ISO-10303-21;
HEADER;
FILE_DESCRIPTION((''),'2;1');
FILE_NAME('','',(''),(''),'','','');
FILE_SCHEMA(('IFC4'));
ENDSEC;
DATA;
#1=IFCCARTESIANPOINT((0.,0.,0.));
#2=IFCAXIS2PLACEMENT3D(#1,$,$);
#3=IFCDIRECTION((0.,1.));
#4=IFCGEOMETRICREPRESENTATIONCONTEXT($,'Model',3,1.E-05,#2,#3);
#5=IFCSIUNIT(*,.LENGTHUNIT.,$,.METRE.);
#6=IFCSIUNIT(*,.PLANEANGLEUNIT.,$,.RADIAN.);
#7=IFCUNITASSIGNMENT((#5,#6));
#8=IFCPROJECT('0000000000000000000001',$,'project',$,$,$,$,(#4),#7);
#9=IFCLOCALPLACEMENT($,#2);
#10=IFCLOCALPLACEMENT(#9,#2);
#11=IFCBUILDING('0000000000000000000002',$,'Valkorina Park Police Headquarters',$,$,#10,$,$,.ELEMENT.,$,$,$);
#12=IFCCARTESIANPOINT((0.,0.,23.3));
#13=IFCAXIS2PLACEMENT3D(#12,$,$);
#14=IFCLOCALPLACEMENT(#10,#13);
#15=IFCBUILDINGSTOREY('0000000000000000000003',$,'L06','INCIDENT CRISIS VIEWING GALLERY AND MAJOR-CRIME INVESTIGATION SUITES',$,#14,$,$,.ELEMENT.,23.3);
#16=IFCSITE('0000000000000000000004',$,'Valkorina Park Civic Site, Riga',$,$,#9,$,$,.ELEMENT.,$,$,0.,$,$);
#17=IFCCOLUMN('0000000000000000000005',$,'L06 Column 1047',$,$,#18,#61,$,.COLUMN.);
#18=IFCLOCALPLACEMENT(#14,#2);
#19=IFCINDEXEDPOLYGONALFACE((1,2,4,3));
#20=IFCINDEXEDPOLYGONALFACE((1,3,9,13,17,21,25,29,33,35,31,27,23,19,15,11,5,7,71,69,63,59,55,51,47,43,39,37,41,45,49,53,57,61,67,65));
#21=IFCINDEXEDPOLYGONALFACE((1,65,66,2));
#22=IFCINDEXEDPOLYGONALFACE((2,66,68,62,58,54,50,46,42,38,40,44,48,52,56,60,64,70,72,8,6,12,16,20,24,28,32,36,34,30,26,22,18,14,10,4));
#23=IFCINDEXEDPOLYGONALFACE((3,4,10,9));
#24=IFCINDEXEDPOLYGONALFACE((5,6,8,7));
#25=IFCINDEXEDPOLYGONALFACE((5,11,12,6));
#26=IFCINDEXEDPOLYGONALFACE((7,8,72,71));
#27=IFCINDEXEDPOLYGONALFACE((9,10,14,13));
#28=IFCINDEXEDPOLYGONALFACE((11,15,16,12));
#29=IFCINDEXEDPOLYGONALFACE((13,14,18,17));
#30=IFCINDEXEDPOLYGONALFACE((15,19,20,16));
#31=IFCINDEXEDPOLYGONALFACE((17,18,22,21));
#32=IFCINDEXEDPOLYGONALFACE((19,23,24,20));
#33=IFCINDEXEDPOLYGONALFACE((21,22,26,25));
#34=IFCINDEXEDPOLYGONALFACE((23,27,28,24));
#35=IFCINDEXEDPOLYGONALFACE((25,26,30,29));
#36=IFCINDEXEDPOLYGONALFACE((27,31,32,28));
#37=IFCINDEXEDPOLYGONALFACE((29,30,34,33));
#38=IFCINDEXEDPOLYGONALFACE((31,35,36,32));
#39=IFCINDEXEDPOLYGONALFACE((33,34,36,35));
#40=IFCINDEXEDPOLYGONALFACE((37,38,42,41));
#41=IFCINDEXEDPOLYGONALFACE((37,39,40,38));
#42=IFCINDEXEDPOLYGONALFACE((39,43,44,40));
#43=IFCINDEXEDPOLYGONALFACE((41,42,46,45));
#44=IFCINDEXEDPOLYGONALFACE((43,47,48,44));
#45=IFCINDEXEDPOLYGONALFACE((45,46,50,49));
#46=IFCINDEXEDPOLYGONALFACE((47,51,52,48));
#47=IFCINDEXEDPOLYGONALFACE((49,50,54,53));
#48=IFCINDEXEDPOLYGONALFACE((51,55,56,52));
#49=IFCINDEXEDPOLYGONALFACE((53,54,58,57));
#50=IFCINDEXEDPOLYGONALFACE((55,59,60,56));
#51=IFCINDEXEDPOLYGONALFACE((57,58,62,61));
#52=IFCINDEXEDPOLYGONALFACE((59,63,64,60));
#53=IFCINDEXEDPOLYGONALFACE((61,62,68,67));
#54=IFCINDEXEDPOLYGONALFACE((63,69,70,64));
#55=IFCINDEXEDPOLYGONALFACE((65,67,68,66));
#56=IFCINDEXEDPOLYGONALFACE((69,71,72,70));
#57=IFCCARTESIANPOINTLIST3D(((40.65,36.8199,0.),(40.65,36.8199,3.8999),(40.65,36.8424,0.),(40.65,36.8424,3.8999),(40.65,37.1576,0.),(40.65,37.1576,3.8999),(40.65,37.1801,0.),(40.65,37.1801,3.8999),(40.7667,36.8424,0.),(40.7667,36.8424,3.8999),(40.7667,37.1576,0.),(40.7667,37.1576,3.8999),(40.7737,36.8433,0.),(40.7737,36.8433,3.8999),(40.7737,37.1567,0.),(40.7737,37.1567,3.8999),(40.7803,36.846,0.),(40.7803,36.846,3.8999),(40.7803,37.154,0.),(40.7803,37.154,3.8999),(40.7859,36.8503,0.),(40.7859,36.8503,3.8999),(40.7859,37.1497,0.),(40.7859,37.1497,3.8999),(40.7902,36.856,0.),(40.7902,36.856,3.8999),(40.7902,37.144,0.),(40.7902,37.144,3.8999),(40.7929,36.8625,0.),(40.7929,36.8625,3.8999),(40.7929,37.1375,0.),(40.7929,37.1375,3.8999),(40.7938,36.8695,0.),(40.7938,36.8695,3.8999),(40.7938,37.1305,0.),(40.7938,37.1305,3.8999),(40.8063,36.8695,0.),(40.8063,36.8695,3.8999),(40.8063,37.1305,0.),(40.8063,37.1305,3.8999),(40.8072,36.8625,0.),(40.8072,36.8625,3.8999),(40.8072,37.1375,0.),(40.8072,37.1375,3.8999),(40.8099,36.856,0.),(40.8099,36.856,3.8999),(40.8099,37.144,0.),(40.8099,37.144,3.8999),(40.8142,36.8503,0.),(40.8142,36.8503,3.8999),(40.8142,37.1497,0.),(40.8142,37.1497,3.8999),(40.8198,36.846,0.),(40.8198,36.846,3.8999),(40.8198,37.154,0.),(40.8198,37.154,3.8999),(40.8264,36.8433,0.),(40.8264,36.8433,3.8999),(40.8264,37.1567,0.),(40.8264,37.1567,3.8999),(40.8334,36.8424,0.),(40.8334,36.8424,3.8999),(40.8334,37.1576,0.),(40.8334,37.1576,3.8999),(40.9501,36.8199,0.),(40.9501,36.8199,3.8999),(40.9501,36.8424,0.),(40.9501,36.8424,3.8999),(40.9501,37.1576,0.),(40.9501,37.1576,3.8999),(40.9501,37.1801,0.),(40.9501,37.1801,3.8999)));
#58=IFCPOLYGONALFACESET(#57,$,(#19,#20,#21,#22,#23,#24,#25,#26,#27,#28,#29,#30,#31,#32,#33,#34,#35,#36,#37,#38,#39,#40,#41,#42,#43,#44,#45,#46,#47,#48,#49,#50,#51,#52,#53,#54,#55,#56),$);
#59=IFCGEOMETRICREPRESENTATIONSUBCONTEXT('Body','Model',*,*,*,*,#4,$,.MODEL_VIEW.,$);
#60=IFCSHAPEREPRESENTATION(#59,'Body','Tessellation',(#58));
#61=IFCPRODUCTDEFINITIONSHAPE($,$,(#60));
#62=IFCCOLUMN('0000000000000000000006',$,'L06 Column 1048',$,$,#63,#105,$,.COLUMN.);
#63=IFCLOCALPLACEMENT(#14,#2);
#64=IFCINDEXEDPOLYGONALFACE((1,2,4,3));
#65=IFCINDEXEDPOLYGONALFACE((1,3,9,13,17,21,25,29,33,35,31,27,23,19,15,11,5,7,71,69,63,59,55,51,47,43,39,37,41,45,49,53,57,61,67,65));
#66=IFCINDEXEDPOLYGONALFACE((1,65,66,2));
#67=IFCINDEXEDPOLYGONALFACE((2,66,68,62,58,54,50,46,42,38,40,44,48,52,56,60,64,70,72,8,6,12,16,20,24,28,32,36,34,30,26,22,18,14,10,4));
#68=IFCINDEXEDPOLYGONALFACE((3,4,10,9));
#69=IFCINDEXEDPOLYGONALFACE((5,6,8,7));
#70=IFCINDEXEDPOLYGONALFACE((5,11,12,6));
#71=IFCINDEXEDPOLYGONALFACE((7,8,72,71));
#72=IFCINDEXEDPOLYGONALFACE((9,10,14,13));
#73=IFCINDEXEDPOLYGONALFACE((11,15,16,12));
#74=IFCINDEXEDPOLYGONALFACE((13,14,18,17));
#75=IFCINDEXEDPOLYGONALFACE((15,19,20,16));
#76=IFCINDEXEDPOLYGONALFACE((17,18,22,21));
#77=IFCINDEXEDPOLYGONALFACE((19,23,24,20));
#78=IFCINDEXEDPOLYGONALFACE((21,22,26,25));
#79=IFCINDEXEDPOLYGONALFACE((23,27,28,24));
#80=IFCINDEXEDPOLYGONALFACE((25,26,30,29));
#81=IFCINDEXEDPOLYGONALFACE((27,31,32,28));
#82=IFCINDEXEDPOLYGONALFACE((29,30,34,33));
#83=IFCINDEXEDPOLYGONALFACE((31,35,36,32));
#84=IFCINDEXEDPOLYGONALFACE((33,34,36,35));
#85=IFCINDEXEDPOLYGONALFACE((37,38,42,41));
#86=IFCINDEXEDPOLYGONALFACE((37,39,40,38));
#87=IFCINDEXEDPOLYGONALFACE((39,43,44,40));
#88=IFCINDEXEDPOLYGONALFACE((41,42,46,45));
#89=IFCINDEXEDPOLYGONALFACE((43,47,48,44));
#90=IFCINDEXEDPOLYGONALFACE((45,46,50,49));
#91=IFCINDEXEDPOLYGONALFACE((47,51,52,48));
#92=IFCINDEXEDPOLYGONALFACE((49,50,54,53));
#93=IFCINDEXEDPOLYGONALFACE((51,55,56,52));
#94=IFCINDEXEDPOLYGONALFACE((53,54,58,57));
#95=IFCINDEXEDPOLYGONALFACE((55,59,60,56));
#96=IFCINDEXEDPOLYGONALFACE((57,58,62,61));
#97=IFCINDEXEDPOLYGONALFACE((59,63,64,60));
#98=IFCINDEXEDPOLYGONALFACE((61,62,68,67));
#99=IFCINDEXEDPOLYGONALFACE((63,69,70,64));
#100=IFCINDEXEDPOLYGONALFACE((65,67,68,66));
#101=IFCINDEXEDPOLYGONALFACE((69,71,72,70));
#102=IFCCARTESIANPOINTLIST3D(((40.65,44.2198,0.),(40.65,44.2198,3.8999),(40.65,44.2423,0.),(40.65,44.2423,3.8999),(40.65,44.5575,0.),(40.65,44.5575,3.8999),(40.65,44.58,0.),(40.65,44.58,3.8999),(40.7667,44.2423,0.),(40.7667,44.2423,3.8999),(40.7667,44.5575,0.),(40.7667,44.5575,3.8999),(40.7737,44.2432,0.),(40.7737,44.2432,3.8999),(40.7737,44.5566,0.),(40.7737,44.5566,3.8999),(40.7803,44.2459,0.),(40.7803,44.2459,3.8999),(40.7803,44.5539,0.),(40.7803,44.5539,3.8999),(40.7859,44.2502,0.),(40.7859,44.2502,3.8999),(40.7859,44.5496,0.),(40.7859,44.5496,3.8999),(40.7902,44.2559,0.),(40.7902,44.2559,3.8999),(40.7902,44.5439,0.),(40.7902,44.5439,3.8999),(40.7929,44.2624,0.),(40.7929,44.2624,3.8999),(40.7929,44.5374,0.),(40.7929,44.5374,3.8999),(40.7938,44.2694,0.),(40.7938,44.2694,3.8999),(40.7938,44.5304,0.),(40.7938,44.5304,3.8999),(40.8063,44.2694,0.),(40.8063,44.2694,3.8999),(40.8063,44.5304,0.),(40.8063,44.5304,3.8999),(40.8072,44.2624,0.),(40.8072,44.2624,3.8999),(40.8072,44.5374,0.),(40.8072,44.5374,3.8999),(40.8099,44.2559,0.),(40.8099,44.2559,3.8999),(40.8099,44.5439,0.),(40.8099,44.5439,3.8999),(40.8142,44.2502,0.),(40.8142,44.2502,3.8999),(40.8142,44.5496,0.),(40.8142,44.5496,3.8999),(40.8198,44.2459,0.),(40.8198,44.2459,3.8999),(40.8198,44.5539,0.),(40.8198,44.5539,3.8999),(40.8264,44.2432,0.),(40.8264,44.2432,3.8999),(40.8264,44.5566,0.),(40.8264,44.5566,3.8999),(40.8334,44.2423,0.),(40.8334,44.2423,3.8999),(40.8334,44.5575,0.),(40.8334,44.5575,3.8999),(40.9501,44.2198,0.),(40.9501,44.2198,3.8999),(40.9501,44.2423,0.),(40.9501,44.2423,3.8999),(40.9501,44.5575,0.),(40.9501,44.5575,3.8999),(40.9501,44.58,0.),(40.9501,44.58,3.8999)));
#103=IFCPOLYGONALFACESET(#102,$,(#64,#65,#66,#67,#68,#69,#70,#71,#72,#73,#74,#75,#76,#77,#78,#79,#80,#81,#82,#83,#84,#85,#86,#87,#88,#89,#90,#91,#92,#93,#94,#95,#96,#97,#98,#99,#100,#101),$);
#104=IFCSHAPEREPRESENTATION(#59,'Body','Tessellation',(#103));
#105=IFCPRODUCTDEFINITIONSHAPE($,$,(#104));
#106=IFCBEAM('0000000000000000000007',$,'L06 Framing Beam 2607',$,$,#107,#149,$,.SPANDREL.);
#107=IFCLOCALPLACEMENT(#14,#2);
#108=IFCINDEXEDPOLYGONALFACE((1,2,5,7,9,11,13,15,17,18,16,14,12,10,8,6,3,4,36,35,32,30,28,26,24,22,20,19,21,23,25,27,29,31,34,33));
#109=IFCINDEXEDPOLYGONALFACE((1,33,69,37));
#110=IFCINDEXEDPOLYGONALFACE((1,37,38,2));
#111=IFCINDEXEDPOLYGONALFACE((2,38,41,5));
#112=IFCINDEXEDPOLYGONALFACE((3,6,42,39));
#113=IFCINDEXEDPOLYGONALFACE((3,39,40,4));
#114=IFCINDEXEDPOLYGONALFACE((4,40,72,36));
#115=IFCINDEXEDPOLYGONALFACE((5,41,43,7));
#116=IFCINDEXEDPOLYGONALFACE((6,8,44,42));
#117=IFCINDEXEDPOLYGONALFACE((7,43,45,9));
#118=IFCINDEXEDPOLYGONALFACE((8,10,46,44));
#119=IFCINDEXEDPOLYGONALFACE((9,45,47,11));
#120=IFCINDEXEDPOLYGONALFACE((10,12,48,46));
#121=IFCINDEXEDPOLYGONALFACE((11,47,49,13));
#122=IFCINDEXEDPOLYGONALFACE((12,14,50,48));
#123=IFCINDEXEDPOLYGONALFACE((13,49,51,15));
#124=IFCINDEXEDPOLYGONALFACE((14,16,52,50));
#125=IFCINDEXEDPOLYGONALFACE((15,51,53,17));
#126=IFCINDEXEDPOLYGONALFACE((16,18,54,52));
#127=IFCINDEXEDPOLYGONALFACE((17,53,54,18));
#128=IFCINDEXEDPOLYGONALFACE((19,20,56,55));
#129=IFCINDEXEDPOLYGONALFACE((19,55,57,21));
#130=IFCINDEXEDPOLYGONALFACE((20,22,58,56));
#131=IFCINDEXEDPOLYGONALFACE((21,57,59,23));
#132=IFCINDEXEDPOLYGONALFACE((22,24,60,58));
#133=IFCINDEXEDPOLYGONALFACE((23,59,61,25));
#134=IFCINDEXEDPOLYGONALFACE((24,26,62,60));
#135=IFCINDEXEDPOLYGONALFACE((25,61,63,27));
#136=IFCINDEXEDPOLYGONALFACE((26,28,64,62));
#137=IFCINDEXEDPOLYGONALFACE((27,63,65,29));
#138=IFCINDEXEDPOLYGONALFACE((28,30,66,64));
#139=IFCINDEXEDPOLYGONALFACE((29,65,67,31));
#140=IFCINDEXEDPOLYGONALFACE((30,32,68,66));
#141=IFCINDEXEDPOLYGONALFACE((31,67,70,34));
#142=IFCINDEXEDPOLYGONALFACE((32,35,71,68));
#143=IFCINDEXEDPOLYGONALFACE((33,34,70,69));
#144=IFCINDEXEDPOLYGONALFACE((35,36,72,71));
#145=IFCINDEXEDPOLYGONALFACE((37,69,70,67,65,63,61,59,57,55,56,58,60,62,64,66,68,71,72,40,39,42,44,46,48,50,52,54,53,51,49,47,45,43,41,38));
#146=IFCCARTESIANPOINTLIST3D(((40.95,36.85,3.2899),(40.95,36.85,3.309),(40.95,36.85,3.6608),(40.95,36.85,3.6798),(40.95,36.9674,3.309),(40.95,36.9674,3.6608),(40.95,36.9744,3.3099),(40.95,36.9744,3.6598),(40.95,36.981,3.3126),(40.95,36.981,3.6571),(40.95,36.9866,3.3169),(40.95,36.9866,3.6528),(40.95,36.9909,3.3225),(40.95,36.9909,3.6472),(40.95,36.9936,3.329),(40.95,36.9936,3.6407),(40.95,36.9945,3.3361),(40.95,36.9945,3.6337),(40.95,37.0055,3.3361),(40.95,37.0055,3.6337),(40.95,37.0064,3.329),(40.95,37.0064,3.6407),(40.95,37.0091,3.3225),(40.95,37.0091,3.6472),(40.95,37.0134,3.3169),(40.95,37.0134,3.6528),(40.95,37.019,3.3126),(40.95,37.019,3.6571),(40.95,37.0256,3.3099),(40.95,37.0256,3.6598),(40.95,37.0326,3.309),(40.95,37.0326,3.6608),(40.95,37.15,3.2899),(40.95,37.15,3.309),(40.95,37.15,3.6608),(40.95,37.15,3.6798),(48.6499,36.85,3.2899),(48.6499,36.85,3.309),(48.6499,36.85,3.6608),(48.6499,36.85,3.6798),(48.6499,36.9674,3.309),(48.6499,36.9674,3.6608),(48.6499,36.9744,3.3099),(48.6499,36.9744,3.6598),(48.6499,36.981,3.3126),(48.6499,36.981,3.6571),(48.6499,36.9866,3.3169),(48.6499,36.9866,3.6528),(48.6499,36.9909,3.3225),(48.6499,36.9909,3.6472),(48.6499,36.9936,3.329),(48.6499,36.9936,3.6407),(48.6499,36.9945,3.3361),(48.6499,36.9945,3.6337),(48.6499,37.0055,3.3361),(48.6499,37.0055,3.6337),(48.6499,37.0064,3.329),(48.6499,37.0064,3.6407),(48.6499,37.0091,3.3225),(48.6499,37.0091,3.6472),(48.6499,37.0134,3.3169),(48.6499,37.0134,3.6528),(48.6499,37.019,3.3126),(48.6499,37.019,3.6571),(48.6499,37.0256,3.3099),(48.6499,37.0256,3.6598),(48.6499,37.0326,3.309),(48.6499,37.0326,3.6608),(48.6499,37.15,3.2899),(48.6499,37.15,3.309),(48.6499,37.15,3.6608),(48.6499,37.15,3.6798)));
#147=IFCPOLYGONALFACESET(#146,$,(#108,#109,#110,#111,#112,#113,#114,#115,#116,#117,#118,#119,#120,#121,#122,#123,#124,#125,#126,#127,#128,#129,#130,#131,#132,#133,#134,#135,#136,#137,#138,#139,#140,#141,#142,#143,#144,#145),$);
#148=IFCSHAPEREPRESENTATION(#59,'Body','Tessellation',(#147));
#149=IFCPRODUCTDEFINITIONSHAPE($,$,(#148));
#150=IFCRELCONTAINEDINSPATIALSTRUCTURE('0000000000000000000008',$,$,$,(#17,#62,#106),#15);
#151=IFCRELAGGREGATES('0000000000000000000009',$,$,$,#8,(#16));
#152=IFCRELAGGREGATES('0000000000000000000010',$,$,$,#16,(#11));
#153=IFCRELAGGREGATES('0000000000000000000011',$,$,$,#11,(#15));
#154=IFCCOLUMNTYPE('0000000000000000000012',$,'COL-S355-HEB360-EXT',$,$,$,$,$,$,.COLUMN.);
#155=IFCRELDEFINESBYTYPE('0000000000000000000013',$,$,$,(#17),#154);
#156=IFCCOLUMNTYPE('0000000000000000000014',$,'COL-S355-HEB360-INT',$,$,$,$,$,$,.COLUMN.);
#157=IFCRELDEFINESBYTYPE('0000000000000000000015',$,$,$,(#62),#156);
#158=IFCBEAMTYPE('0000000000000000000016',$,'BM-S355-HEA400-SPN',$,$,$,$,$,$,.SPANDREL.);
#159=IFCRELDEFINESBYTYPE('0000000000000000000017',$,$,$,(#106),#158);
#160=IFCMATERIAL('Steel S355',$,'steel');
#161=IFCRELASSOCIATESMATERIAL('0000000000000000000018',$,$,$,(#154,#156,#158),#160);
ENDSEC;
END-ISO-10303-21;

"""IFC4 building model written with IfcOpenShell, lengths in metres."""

from ifc_helpers import new_model, si_unit, direction, frame, origin, origin_2d, place, context, subcontext, project, spatial, i_section, extrude, material, material_profile, profile_set, type_object, element, save


model = new_model("IFC4")

# Units and contexts
model_context = context("Model", 3, precision=1e-05, world=origin(), true_north=direction((0.0, 1.0)))
body_context = subcontext(model_context, "Body", "Model", "MODEL_VIEW")
ifc_project = project(units=[si_unit("LENGTHUNIT", "METRE"), si_unit("PLANEANGLEUNIT", "RADIAN")], contexts=[model_context])

# Site, building, storey
site_placement = place(None, origin())
site = spatial("IfcSite", under=ifc_project, at=site_placement, Name="Valkorina Park Civic Site, Riga", CompositionType="ELEMENT", RefElevation=0.0)
building_placement = place(site_placement, origin())
building = spatial("IfcBuilding", under=site, at=building_placement, Name="Valkorina Park Police Headquarters", CompositionType="ELEMENT")
storey_placement = place(building_placement, frame((0.0, 0.0, 23.3)))
storey = spatial("IfcBuildingStorey", under=building, at=storey_placement, Name="L06", Description="INCIDENT CRISIS VIEWING GALLERY AND MAJOR-CRIME INVESTIGATION SUITES", CompositionType="ELEMENT", Elevation=23.3)

# Columns
ifc_material_1 = material(Name="Steel S355", Category="steel")
ifc_material_profile_1 = material_profile(ifc_material_1, i_section(OverallWidth=0.3, OverallDepth=0.3601, WebThickness=0.0125, FlangeThickness=0.0225, FilletRadius=0.0271, at=origin_2d()), Name="HEB 360")
ifc_profile_set_1 = profile_set([ifc_material_profile_1], Name="Steel S355")
column_type_1 = type_object("IfcColumnType", Name="COL-S355-HEB360-EXT", PredefinedType="COLUMN", material=ifc_profile_set_1)
column_1_placement = place(storey_placement, frame((40.8, 37.0, 0.0), z_axis=(0.0, 0.0, 1.0), x_axis=(1.0, 0.0, 0.0)))
element("IfcColumn", 1, at=column_1_placement, inside=storey, type_object=column_type_1, Name="L06 Column 1047", PredefinedType="COLUMN", context=body_context, shape_type="SweptSolid", body=[
    extrude(i_section(OverallWidth=0.3, OverallDepth=0.3601, WebThickness=0.0125, FlangeThickness=0.0225, FilletRadius=0.0271, at=origin_2d()), origin(), (0.0, 0.0, 1.0), 3.8999),
])
ifc_material_profile_2 = material_profile(ifc_material_1, i_section(OverallWidth=0.3, OverallDepth=0.3601, WebThickness=0.0125, FlangeThickness=0.0225, FilletRadius=0.0271, at=origin_2d()), Name="HEB 360")
ifc_profile_set_2 = profile_set([ifc_material_profile_2], Name="Steel S355")
column_type_2 = type_object("IfcColumnType", Name="COL-S355-HEB360-INT", PredefinedType="COLUMN", material=ifc_profile_set_2)
column_2_placement = place(storey_placement, frame((40.8, 44.3999, 0.0), z_axis=(0.0, 0.0, 1.0), x_axis=(1.0, 0.0, 0.0)))
element("IfcColumn", 2, at=column_2_placement, inside=storey, type_object=column_type_2, Name="L06 Column 1048", PredefinedType="COLUMN", context=body_context, shape_type="SweptSolid", body=[
    extrude(i_section(OverallWidth=0.3, OverallDepth=0.3601, WebThickness=0.0125, FlangeThickness=0.0225, FilletRadius=0.0271, at=origin_2d()), origin(), (0.0, 0.0, 1.0), 3.8999),
])

# Beam
ifc_material_profile_3 = material_profile(ifc_material_1, i_section(OverallWidth=0.3, OverallDepth=0.3899, WebThickness=0.011, FlangeThickness=0.019, FilletRadius=0.0271, at=origin_2d()), Name="HEA 400")
ifc_profile_set_3 = profile_set([ifc_material_profile_3], Name="Steel S355")
beam_type_1 = type_object("IfcBeamType", Name="BM-S355-HEA400-SPN", PredefinedType="SPANDREL", material=ifc_profile_set_3)
beam_1_placement = place(storey_placement, frame((40.95, 37.0, 3.4849), z_axis=(1.0, 0.0, 0.0), x_axis=(0.0, 1.0, 0.0)))
element("IfcBeam", 3, at=beam_1_placement, inside=storey, type_object=beam_type_1, Name="L06 Framing Beam 2607", PredefinedType="SPANDREL", context=body_context, shape_type="SweptSolid", body=[
    extrude(i_section(OverallWidth=0.3, OverallDepth=0.3899, WebThickness=0.011, FlangeThickness=0.019, FilletRadius=0.0271, at=origin_2d()), origin(), (0.0, 0.0, 1.0), 7.7),
])

save(model, "model.ifc")
